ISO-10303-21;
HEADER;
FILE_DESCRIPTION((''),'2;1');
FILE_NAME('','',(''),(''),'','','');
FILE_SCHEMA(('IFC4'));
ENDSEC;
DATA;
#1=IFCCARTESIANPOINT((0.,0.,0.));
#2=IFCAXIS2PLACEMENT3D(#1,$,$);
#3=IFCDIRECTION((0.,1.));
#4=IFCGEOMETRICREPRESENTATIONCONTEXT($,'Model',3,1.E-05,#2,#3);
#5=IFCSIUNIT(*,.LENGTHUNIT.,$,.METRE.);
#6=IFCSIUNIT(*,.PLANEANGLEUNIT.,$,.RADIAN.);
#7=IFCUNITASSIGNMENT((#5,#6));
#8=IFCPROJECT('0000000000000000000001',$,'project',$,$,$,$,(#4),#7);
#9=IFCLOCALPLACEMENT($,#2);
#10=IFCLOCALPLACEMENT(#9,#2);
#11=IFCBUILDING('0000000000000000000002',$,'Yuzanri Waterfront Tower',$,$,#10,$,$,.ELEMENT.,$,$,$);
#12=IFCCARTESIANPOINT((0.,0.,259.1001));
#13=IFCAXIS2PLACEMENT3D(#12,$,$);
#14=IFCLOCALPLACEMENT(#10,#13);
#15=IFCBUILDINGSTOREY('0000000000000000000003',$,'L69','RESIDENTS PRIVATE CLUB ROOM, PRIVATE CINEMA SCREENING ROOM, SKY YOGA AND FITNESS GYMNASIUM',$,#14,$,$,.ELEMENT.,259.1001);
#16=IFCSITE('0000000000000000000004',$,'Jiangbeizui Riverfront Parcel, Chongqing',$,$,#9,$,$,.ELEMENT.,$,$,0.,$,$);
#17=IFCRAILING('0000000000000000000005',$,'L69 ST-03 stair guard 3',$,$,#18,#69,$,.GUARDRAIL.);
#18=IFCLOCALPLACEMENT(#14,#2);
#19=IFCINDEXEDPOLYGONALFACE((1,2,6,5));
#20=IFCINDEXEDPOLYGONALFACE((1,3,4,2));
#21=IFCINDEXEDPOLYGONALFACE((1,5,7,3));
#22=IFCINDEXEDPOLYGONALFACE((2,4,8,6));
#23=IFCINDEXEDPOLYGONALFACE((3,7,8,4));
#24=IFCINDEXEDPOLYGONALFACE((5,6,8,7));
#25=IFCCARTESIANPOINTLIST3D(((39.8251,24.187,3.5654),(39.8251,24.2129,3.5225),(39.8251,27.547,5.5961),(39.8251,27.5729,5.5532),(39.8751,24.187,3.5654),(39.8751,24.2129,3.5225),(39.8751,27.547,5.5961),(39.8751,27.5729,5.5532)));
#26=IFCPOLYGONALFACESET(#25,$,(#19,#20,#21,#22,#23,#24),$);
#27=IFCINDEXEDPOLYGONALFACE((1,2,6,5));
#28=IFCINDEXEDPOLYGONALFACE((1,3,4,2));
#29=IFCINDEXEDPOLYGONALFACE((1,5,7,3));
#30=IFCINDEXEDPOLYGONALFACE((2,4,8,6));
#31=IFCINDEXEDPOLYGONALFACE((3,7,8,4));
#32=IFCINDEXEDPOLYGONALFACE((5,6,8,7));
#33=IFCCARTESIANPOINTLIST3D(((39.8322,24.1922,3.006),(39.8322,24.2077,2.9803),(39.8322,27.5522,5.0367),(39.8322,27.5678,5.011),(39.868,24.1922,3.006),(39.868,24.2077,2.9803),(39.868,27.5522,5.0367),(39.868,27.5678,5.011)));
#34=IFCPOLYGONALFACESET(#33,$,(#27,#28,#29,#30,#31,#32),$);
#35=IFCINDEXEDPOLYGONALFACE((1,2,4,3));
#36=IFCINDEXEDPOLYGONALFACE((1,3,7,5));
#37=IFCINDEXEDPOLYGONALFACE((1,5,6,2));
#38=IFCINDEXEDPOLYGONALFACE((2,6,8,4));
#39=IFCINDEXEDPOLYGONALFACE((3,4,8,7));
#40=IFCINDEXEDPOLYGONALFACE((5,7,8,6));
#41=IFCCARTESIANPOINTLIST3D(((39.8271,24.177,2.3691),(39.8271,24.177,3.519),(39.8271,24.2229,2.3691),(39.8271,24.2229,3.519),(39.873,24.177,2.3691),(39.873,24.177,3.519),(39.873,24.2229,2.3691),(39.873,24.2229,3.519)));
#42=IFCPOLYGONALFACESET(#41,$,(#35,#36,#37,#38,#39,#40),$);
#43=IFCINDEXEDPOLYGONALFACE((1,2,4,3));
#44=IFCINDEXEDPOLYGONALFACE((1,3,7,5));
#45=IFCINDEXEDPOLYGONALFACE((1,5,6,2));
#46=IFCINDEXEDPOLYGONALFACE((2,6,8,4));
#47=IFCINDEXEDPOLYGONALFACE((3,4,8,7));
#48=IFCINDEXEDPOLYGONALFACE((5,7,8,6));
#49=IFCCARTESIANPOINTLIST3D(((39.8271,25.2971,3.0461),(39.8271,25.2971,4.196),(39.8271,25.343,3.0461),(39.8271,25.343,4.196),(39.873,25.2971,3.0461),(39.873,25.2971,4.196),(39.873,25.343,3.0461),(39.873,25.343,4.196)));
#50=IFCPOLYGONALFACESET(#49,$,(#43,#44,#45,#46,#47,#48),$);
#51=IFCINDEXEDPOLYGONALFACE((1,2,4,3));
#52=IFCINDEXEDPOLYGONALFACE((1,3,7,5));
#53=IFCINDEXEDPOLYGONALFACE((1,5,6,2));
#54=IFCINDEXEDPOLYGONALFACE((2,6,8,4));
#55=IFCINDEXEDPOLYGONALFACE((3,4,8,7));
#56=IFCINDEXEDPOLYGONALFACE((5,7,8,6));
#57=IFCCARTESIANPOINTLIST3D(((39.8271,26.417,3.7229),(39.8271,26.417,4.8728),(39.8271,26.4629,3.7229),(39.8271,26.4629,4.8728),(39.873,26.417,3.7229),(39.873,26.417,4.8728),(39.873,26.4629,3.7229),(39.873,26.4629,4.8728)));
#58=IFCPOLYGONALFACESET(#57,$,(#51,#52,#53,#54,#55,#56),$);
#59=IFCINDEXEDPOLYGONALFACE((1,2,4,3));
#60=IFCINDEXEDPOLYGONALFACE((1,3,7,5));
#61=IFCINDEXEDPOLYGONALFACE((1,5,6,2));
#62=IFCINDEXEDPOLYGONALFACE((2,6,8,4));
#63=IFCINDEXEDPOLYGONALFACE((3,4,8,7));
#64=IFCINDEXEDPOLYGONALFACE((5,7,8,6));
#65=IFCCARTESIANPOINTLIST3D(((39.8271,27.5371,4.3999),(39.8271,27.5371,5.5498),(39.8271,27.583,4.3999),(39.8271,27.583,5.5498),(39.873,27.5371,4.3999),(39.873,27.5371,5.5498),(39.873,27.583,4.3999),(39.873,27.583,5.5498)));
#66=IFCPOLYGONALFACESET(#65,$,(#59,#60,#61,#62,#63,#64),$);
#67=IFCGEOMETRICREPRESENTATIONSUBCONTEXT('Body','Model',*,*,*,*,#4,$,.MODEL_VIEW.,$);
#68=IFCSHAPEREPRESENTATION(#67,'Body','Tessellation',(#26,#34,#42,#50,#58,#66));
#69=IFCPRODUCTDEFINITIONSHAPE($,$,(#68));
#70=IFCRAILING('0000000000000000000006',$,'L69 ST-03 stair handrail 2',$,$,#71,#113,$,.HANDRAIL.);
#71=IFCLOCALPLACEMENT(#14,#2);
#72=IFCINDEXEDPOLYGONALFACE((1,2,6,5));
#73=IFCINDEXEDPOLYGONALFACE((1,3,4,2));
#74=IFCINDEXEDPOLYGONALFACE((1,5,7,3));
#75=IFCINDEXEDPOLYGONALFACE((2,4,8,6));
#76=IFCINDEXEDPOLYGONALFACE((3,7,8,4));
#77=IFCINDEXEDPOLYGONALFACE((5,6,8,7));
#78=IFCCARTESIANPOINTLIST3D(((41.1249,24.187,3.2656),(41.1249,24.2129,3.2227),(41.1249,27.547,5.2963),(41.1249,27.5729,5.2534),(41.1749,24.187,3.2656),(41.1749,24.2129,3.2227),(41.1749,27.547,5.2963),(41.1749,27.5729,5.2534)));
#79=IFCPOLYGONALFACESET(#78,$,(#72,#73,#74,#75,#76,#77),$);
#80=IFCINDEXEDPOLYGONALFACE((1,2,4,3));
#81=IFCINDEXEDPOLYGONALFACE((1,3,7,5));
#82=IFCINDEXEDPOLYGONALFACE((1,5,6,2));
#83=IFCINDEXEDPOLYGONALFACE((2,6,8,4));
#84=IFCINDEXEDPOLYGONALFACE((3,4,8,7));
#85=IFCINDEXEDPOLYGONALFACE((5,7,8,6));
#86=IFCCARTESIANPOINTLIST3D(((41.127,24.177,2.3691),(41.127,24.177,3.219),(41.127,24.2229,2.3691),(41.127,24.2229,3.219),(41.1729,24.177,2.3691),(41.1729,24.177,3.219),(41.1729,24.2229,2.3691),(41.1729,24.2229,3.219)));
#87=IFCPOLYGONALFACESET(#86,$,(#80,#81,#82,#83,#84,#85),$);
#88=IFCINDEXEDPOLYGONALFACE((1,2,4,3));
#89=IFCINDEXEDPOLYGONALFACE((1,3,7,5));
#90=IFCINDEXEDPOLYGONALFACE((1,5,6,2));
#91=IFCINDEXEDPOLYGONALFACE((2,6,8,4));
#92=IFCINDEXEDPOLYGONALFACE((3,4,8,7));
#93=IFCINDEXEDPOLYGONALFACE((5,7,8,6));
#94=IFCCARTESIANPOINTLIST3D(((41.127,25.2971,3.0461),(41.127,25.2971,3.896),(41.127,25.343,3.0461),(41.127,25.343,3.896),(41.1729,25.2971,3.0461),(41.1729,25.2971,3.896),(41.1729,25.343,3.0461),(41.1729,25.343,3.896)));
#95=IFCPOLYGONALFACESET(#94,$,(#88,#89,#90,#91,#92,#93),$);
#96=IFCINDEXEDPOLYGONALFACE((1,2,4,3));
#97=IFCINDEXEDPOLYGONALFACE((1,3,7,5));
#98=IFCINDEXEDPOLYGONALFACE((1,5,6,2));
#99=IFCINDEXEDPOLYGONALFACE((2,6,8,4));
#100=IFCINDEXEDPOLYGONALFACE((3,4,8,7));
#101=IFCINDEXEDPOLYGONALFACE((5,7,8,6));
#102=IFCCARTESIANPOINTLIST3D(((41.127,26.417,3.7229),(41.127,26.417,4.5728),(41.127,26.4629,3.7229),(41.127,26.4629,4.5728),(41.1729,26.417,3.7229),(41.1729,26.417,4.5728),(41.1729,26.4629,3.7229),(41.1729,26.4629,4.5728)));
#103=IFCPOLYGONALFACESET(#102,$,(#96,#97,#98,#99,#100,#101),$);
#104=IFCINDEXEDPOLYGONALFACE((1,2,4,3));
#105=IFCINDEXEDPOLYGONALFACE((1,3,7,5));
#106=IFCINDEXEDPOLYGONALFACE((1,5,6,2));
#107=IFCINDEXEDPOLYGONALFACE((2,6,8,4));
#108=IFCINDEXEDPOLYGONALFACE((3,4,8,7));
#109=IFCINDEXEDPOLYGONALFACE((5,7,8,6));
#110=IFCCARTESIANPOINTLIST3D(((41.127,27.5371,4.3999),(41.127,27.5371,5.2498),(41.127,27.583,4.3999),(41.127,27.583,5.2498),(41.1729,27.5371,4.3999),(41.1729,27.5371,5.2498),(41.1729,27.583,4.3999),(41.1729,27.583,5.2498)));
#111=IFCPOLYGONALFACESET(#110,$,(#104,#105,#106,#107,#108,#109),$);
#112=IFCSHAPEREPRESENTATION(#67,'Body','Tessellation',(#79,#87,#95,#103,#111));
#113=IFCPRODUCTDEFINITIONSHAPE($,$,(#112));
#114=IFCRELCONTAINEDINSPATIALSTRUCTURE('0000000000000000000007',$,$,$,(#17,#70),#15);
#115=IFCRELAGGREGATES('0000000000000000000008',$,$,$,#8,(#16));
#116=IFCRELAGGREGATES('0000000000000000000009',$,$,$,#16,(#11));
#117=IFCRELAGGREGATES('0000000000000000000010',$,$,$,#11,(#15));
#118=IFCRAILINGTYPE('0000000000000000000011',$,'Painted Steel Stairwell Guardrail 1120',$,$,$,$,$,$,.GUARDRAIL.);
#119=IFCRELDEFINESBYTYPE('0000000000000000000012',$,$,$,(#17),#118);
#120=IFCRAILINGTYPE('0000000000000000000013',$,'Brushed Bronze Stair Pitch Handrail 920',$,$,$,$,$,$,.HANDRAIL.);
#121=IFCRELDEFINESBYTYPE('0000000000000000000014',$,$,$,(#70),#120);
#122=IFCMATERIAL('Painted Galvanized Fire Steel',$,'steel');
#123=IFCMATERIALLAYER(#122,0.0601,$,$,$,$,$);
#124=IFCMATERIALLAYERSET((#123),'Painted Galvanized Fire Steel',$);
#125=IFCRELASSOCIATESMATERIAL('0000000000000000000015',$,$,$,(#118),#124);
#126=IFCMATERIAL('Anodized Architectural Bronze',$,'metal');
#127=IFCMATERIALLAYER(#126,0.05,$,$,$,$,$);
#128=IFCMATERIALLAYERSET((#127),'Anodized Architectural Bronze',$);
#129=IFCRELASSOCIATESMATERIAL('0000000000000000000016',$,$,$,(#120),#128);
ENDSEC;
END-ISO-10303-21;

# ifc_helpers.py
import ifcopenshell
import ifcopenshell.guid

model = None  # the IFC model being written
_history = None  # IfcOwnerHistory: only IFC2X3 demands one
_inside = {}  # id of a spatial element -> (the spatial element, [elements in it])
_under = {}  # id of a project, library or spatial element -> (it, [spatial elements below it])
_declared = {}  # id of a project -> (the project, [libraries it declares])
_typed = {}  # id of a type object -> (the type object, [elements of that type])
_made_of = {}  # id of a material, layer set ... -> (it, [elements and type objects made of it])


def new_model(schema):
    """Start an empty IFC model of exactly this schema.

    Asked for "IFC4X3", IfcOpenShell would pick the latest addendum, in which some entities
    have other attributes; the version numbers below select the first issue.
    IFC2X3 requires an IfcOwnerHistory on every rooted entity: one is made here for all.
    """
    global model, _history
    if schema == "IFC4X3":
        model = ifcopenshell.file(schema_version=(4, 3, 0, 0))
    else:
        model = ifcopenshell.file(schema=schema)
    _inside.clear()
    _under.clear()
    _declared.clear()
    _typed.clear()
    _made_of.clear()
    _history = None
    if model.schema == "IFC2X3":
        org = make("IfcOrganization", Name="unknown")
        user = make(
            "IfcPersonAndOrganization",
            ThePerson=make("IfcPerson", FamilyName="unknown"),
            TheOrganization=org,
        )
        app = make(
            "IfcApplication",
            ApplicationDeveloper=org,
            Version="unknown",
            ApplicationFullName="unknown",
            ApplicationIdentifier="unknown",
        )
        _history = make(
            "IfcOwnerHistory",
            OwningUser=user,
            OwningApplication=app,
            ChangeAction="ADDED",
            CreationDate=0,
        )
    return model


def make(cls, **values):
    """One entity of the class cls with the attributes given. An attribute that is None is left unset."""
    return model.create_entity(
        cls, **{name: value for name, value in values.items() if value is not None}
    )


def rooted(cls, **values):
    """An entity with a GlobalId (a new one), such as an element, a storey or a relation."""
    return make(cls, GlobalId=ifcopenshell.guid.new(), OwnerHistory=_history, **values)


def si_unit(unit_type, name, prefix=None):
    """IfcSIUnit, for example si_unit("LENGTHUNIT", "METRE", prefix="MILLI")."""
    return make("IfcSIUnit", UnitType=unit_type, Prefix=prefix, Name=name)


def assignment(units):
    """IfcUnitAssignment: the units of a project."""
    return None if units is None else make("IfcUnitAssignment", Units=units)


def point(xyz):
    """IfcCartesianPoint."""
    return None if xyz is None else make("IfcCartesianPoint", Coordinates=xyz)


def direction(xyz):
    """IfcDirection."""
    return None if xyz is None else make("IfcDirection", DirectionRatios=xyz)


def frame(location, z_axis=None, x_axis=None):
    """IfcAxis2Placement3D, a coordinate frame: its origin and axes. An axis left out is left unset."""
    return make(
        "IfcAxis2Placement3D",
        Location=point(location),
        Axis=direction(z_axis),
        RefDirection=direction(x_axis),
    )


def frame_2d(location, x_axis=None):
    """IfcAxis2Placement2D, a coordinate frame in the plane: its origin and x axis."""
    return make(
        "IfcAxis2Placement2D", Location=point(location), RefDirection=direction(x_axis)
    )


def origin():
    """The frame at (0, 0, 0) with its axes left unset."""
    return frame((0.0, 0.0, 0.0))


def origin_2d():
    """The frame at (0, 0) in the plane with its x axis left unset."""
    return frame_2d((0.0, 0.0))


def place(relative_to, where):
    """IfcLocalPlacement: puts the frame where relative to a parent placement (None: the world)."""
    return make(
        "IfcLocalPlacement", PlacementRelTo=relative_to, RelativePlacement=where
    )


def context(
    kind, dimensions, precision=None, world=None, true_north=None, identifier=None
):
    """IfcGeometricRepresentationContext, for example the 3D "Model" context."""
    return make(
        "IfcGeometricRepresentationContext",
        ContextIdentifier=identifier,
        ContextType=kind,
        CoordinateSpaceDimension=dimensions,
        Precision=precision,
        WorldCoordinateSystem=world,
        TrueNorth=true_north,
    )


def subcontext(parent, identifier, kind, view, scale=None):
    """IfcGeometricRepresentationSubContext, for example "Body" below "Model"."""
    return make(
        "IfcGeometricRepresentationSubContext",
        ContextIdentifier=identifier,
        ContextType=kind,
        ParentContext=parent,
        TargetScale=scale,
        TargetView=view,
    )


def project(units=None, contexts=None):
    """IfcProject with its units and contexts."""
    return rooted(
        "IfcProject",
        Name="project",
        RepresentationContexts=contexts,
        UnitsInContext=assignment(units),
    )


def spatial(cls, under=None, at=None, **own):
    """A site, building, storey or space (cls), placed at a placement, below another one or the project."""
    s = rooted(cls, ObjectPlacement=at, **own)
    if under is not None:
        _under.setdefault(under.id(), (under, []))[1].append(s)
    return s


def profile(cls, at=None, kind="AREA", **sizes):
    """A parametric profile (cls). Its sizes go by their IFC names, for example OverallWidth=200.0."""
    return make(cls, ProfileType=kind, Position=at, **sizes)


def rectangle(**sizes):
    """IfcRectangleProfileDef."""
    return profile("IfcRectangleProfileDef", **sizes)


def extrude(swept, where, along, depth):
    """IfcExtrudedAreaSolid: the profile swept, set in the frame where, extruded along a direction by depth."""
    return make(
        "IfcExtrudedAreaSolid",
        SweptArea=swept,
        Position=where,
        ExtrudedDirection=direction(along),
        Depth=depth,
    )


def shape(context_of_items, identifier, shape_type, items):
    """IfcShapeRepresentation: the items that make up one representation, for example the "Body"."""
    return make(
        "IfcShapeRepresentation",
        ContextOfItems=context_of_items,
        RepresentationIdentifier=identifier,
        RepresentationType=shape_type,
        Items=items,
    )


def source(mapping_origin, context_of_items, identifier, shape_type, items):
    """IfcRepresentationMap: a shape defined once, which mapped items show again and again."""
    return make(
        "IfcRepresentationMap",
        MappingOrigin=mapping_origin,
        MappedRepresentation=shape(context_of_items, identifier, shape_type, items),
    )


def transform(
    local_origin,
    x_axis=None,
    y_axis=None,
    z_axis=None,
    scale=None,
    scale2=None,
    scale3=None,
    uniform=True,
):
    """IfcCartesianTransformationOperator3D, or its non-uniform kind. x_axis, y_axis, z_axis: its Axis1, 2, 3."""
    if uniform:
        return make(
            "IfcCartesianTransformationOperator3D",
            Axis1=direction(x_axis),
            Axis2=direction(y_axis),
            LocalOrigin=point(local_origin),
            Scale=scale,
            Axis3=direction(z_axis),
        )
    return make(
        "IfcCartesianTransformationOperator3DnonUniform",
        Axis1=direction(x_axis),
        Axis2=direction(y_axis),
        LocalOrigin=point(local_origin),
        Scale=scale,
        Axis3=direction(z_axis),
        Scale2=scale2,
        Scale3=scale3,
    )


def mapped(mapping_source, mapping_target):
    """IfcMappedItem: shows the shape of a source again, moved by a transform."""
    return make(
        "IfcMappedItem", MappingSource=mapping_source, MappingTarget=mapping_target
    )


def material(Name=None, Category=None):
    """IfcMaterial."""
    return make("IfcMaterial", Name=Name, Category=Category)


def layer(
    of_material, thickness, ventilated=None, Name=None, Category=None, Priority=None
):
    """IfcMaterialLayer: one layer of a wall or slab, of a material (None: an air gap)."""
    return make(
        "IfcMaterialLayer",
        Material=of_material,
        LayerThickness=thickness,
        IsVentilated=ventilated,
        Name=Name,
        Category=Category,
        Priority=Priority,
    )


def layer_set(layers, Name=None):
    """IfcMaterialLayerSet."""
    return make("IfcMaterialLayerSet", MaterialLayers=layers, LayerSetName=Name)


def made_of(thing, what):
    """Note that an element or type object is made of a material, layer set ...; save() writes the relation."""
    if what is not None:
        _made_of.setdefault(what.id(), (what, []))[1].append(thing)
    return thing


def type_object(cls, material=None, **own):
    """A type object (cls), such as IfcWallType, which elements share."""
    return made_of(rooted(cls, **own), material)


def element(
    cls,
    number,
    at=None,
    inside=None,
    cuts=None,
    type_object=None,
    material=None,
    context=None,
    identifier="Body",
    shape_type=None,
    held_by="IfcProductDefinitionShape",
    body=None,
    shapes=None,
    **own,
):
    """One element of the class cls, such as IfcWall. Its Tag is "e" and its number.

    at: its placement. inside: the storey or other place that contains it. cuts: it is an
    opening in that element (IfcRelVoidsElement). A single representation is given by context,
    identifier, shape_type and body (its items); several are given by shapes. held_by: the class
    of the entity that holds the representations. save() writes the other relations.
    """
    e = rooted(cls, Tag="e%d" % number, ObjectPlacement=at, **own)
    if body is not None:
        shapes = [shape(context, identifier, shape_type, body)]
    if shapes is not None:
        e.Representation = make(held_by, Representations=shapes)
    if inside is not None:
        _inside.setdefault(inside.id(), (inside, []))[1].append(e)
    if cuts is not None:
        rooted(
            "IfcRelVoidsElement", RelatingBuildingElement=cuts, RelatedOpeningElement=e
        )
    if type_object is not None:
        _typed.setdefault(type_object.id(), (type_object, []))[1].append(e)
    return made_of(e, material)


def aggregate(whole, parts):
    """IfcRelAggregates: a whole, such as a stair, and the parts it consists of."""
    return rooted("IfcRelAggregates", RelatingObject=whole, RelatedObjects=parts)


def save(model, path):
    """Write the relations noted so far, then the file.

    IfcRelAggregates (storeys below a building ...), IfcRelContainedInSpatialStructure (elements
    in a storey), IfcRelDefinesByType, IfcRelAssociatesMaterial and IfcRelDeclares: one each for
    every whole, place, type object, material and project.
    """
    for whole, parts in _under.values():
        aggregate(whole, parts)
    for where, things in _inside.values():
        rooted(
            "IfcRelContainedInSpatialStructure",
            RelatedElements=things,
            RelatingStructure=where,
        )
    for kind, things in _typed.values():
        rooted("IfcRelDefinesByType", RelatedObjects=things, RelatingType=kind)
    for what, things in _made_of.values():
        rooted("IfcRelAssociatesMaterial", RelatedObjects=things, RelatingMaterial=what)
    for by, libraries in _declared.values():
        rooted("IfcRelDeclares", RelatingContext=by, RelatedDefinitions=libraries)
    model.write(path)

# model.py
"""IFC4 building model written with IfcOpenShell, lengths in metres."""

from ifc_helpers import new_model, si_unit, direction, frame, origin, origin_2d, place, context, subcontext, project, spatial, rectangle, extrude, source, transform, mapped, material, layer, layer_set, type_object, element, save


model = new_model("IFC4")

# Units and contexts
model_context = context("Model", 3, precision=1e-05, world=origin(), true_north=direction((0.0, 1.0)))
body_context = subcontext(model_context, "Body", "Model", "MODEL_VIEW")
ifc_project = project(units=[si_unit("LENGTHUNIT", "METRE"), si_unit("PLANEANGLEUNIT", "RADIAN")], contexts=[model_context])

# Site, building, storey
site_placement = place(None, origin())
site = spatial("IfcSite", under=ifc_project, at=site_placement, Name="Jiangbeizui Riverfront Parcel, Chongqing", CompositionType="ELEMENT", RefElevation=0.0)
building_placement = place(site_placement, origin())
building = spatial("IfcBuilding", under=site, at=building_placement, Name="Yuzanri Waterfront Tower", CompositionType="ELEMENT")
storey_placement = place(building_placement, frame((0.0, 0.0, 259.1001)))
storey = spatial("IfcBuildingStorey", under=building, at=storey_placement, Name="L69", Description="RESIDENTS PRIVATE CLUB ROOM, PRIVATE CINEMA SCREENING ROOM, SKY YOGA AND FITNESS GYMNASIUM", CompositionType="ELEMENT", Elevation=259.1001)

# Railings
ifc_material_1 = material(Name="Painted Galvanized Fire Steel", Category="steel")
ifc_layer_1 = layer(ifc_material_1, 0.0601)
ifc_layer_set_1 = layer_set([ifc_layer_1], Name="Painted Galvanized Fire Steel")
railing_type_1 = type_object("IfcRailingType", Name="Painted Steel Stairwell Guardrail 1120", PredefinedType="GUARDRAIL", material=ifc_layer_set_1)
shared_shape_1 = source(origin(), body_context, "Body", "SweptSolid", [
    extrude(rectangle(XDim=0.05, YDim=0.05, at=origin_2d()), frame((0.0, 0.0, 1.1748), z_axis=(0.0, 0.855837, 0.517246), x_axis=(-1.0, 0.0, 0.0)), (0.0, 0.0, 1.0), 3.926),
    extrude(rectangle(XDim=0.0359, YDim=0.03, at=origin_2d()), frame((0.0, 0.0, 0.624), z_axis=(0.0, 0.855837, 0.517246), x_axis=(-1.0, 0.0, 0.0)), (0.0, 0.0, 1.0), 3.926),
    extrude(rectangle(XDim=0.0459, YDim=0.0459, at=origin_2d()), origin(), (0.0, 0.0, 1.0), 1.1499),
    extrude(rectangle(XDim=0.0459, YDim=0.0459, at=origin_2d()), frame((0.0, 1.1201, 0.677)), (0.0, 0.0, 1.0), 1.1499),
    extrude(rectangle(XDim=0.0459, YDim=0.0459, at=origin_2d()), frame((0.0, 2.24, 1.3538)), (0.0, 0.0, 1.0), 1.1499),
    extrude(rectangle(XDim=0.0459, YDim=0.0459, at=origin_2d()), frame((0.0, 3.3601, 2.0308)), (0.0, 0.0, 1.0), 1.1499),
])
railing_1_placement = place(storey_placement, frame((39.8501, 24.2, 2.3691)))
element("IfcRailing", 1, at=railing_1_placement, inside=storey, type_object=railing_type_1, Name="L69 ST-03 stair guard 3", PredefinedType="GUARDRAIL", context=body_context, shape_type="MappedRepresentation", body=[
    mapped(shared_shape_1, transform((0.0, 0.0, 0.0), scale=1.0)),
])
ifc_material_2 = material(Name="Anodized Architectural Bronze", Category="metal")
ifc_layer_2 = layer(ifc_material_2, 0.05)
ifc_layer_set_2 = layer_set([ifc_layer_2], Name="Anodized Architectural Bronze")
railing_type_2 = type_object("IfcRailingType", Name="Brushed Bronze Stair Pitch Handrail 920", PredefinedType="HANDRAIL", material=ifc_layer_set_2)
shared_shape_2 = source(origin(), body_context, "Body", "SweptSolid", [
    extrude(rectangle(XDim=0.05, YDim=0.05, at=origin_2d()), frame((0.0, 0.0, 0.875), z_axis=(0.0, 0.855837, 0.517246), x_axis=(-1.0, 0.0, 0.0)), (0.0, 0.0, 1.0), 3.926),
    extrude(rectangle(XDim=0.0459, YDim=0.0459, at=origin_2d()), origin(), (0.0, 0.0, 1.0), 0.8499),
    extrude(rectangle(XDim=0.0459, YDim=0.0459, at=origin_2d()), frame((0.0, 1.1201, 0.677)), (0.0, 0.0, 1.0), 0.8499),
    extrude(rectangle(XDim=0.0459, YDim=0.0459, at=origin_2d()), frame((0.0, 2.24, 1.3538)), (0.0, 0.0, 1.0), 0.8499),
    extrude(rectangle(XDim=0.0459, YDim=0.0459, at=origin_2d()), frame((0.0, 3.3601, 2.0308)), (0.0, 0.0, 1.0), 0.8499),
])
railing_2_placement = place(storey_placement, frame((41.1499, 24.2, 2.3691)))
element("IfcRailing", 2, at=railing_2_placement, inside=storey, type_object=railing_type_2, Name="L69 ST-03 stair handrail 2", PredefinedType="HANDRAIL", context=body_context, shape_type="MappedRepresentation", body=[
    mapped(shared_shape_2, transform((0.0, 0.0, 0.0), scale=1.0)),
])

save(model, "model.ifc")
